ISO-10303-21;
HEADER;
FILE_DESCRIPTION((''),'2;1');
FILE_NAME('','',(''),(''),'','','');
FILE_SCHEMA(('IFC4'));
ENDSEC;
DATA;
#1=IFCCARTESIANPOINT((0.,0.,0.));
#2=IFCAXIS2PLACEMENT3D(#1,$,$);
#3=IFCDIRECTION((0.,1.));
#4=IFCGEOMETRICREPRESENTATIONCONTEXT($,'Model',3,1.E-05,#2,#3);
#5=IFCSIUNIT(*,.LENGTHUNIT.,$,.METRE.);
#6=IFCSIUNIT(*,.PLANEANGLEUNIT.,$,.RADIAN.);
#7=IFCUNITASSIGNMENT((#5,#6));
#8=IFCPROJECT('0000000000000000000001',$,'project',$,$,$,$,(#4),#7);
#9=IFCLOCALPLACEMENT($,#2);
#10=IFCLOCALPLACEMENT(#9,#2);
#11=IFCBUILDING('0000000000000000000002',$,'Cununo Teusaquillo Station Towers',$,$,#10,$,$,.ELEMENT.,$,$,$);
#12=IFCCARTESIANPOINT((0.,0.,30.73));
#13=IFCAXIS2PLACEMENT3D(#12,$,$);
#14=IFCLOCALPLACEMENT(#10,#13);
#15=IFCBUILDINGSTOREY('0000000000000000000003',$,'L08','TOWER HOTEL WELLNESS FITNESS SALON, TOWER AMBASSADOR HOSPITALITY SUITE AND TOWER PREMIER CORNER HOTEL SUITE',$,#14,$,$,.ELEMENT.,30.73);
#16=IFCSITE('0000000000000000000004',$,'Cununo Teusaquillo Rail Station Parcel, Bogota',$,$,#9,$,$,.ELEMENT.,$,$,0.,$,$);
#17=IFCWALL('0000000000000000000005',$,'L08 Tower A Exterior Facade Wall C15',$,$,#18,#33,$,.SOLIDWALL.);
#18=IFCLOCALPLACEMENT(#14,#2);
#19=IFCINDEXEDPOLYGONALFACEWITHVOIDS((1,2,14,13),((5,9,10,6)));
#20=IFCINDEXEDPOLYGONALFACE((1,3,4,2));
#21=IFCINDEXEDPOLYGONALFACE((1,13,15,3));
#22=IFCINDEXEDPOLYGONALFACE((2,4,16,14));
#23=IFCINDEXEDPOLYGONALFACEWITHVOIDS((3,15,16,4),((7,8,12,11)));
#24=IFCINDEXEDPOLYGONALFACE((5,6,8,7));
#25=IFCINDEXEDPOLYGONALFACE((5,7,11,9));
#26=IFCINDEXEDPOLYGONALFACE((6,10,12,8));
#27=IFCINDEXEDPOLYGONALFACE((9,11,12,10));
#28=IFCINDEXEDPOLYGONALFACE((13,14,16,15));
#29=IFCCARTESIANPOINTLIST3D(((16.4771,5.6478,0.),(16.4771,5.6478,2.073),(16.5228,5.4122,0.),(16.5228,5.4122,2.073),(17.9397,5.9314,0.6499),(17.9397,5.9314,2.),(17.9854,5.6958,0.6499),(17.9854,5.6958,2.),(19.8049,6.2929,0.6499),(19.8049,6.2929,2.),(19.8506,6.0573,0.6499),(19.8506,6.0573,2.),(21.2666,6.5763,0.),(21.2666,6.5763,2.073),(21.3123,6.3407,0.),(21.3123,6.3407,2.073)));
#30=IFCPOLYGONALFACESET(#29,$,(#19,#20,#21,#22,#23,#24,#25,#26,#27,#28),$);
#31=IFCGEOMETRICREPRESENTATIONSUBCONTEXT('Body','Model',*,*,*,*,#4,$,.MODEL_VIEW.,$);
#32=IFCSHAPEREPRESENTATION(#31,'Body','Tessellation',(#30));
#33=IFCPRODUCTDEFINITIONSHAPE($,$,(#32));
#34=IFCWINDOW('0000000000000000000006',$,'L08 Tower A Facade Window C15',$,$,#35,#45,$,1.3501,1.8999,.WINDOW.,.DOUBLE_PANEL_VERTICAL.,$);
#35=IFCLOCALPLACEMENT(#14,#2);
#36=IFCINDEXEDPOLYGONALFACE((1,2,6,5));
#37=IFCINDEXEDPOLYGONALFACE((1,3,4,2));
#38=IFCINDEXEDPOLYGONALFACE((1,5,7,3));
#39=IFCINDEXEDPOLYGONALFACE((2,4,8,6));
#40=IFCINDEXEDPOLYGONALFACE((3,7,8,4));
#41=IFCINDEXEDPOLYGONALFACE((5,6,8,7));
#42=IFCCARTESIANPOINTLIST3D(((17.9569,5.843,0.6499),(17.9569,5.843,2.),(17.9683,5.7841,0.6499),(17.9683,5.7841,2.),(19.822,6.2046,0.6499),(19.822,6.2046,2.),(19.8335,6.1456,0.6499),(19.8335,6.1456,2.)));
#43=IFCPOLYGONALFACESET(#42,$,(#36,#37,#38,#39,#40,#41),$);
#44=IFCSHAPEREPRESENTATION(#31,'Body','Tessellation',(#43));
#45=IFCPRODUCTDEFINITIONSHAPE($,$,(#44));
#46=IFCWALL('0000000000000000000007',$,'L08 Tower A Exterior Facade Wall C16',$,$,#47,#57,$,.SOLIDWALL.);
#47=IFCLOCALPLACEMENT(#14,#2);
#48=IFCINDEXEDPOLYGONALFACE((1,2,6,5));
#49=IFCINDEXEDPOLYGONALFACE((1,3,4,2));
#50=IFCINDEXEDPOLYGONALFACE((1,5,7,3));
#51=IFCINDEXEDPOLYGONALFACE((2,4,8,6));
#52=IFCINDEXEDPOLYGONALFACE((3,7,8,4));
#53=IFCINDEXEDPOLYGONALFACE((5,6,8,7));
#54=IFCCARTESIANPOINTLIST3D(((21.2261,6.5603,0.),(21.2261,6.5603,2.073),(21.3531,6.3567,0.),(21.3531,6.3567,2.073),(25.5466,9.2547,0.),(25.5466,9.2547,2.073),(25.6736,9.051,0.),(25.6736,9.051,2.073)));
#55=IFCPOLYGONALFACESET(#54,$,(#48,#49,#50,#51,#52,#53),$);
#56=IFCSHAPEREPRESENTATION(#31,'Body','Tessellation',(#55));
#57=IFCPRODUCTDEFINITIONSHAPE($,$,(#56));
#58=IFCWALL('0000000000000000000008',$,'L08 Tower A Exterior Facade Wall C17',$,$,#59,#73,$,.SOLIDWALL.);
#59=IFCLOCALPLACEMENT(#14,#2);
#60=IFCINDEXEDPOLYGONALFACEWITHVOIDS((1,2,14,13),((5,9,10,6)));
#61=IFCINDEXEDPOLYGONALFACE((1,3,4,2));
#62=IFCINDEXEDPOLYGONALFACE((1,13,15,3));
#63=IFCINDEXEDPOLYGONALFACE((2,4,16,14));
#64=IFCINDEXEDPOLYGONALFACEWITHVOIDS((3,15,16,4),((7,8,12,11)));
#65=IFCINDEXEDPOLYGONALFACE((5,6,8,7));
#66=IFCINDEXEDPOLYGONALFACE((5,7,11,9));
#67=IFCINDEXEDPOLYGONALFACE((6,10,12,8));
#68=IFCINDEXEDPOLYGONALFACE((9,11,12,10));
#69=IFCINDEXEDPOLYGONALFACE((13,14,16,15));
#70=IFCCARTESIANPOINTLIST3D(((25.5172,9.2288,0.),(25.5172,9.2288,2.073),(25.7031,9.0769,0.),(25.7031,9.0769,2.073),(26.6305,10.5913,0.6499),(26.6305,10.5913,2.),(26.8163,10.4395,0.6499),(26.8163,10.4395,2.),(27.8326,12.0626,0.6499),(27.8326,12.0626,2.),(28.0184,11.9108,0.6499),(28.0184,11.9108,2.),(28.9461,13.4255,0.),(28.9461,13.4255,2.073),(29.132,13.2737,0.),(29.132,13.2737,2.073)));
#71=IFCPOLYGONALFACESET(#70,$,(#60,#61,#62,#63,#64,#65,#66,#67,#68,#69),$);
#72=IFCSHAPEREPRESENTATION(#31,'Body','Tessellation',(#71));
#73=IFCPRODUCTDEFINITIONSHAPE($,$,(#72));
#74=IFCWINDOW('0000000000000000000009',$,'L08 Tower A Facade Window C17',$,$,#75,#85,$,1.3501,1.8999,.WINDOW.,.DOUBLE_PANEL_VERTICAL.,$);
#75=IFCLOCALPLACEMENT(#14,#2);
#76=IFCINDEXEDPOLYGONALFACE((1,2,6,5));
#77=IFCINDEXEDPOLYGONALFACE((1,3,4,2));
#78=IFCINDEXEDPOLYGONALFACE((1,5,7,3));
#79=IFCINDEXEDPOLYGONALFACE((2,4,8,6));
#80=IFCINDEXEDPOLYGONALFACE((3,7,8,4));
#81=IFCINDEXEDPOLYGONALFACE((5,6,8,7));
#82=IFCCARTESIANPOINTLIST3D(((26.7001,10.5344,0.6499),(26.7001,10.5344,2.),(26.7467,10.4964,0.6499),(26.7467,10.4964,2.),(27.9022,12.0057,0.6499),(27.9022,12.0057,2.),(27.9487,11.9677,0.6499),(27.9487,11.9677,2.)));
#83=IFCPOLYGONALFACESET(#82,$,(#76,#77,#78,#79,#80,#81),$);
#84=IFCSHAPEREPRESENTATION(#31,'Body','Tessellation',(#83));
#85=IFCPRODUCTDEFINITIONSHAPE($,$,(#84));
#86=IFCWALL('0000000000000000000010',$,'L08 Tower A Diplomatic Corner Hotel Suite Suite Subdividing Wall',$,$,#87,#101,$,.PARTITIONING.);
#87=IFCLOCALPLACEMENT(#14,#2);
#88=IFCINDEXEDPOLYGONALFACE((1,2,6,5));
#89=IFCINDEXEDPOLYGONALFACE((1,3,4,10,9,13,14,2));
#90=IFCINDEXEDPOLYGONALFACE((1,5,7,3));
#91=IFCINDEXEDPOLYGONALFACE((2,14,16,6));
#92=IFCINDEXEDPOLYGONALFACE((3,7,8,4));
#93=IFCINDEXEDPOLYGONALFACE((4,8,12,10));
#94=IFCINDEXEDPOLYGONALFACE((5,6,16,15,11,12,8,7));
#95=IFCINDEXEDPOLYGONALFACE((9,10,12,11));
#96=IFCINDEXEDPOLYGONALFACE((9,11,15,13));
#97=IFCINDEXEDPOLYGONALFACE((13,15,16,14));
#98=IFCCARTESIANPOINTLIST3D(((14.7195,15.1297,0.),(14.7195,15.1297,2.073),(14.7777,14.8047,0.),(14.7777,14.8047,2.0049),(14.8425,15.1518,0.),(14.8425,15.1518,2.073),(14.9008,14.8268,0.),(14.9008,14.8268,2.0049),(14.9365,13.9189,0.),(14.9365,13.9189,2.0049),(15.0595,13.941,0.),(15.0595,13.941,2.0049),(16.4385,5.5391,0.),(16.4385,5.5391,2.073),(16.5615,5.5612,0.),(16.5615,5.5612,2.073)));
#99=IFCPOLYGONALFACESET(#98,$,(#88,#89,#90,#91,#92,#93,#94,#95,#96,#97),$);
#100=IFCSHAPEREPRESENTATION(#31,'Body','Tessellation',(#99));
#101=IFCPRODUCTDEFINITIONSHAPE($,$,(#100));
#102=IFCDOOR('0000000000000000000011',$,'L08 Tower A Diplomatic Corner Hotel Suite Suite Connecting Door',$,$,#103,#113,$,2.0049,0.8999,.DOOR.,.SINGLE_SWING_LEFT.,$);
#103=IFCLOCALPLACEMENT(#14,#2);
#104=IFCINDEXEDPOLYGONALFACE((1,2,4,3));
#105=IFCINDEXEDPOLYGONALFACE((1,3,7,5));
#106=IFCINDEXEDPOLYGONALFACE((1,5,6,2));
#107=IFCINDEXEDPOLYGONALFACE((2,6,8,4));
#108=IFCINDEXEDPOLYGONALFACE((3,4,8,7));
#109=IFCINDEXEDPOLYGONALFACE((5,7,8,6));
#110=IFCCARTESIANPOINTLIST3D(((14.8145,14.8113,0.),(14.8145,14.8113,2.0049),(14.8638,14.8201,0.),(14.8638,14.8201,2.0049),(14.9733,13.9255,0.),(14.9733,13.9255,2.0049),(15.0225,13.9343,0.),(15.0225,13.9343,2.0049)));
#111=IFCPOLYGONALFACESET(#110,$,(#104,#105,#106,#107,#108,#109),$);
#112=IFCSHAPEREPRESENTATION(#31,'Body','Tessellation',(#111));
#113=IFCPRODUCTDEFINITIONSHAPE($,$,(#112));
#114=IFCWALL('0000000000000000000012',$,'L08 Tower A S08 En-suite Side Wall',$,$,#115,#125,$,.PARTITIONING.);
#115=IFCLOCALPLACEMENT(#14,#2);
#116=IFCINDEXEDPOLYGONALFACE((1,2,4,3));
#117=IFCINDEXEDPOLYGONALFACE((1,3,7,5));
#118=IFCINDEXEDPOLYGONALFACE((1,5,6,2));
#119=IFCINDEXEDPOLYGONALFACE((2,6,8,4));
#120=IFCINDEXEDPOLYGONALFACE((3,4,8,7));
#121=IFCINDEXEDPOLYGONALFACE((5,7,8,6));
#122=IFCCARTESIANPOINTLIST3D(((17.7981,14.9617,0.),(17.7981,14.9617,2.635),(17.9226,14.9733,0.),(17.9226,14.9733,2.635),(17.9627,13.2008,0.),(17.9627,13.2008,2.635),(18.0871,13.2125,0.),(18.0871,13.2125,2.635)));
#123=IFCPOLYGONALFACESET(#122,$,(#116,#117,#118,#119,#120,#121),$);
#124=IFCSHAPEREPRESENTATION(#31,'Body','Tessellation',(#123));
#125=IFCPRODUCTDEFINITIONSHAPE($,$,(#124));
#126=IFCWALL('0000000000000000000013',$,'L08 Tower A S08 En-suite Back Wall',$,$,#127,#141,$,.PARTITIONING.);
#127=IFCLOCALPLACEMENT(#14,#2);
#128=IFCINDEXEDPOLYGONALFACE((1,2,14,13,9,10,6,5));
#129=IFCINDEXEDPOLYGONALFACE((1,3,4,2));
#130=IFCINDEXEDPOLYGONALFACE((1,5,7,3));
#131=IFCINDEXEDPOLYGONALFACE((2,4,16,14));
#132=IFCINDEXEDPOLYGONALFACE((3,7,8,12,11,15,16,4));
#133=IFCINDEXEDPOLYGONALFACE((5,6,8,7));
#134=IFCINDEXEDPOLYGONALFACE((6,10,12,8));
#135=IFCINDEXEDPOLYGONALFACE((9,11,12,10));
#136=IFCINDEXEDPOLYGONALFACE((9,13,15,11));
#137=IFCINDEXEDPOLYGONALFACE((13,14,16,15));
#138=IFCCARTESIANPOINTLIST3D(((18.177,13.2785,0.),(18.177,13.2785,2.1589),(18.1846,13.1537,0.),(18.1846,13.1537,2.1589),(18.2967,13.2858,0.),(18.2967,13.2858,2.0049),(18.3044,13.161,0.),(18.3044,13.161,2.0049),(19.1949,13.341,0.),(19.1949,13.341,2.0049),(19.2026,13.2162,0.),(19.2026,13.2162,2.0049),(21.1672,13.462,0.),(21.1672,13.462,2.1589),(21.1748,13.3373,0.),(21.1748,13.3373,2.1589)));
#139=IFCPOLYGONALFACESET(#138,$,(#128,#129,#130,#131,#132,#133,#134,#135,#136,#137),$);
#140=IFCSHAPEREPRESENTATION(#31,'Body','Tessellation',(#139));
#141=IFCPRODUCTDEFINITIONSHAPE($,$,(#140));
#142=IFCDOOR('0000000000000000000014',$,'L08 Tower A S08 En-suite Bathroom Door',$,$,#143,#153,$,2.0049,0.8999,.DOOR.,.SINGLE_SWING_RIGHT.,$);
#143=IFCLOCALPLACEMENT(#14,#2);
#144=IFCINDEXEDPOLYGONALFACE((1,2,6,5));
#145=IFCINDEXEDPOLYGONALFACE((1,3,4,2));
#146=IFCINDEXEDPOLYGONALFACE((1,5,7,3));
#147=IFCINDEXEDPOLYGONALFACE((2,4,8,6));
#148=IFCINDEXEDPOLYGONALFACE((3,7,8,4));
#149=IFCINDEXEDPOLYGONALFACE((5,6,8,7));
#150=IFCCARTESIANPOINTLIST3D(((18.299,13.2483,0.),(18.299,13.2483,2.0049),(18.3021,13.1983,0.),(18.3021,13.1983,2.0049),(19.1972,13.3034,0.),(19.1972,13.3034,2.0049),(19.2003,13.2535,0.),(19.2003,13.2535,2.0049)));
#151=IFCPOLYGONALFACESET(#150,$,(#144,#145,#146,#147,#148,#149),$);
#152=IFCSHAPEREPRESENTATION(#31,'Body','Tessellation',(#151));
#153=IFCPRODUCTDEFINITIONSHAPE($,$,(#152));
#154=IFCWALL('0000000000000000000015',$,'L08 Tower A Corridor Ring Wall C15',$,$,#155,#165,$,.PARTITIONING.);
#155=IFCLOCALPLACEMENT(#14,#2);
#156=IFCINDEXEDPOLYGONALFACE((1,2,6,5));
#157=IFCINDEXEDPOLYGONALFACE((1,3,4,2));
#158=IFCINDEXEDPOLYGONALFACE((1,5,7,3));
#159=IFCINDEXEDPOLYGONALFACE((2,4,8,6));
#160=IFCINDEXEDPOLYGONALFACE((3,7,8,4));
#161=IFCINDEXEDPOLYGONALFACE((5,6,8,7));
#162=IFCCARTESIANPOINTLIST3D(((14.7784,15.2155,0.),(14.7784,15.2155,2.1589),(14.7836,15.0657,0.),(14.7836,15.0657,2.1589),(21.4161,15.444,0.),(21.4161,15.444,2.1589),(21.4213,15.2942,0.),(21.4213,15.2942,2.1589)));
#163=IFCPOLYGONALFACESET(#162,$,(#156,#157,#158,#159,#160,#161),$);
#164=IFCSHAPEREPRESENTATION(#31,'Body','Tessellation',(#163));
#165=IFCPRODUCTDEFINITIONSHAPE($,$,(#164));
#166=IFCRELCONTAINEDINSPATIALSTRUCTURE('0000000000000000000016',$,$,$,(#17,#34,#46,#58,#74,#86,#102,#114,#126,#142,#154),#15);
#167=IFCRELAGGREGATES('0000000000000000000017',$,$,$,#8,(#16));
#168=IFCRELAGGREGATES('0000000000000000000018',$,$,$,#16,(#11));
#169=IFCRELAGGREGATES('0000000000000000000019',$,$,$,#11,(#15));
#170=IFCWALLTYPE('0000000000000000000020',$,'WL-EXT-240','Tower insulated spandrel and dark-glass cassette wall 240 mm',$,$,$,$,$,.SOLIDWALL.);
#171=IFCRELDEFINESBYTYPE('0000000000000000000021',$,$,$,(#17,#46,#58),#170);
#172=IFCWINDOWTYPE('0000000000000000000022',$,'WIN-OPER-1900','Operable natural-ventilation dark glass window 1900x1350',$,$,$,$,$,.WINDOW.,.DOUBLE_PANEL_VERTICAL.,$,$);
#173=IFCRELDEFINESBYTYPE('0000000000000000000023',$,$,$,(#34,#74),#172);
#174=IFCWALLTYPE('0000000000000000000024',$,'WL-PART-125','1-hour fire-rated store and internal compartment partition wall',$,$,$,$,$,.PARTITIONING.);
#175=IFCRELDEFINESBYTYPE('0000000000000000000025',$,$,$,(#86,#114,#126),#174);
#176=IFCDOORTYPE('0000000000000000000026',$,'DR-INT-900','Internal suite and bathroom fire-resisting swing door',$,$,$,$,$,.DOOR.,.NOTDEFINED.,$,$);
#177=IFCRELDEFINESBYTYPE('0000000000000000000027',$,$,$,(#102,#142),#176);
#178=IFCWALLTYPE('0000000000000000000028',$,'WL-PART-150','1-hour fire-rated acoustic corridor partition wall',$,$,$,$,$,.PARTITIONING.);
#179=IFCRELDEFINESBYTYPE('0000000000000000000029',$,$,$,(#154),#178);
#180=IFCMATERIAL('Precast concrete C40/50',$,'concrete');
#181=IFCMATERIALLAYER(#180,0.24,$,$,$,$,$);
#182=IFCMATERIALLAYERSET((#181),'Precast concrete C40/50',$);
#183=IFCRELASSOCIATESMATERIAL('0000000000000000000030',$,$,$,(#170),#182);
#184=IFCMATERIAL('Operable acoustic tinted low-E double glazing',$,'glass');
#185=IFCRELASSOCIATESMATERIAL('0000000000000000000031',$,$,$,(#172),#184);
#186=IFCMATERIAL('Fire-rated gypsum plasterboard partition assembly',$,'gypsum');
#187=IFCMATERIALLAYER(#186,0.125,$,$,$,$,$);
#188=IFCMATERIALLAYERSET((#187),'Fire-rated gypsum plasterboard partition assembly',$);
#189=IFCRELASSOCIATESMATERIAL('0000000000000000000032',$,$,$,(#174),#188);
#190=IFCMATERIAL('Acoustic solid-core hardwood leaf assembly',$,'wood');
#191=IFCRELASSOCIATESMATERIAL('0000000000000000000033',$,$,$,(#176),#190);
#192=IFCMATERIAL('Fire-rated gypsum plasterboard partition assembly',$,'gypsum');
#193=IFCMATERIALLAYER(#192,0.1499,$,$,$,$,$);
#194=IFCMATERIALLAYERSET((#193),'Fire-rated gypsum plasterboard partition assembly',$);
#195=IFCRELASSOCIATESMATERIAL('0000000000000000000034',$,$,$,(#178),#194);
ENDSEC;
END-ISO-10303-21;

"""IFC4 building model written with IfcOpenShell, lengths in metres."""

from ifc_helpers import new_model, si_unit, direction, frame, frame_2d, origin, place, context, subcontext, project, spatial, rectangle, extrude, source, transform, mapped, material, layer, layer_set, type_object, element, fill, save


model = new_model("IFC4")

# Units and contexts
model_context = context("Model", 3, precision=1e-05, world=origin(), true_north=direction((0.0, 1.0)))
body_context = subcontext(model_context, "Body", "Model", "MODEL_VIEW")
ifc_project = project(units=[si_unit("LENGTHUNIT", "METRE"), si_unit("PLANEANGLEUNIT", "RADIAN")], contexts=[model_context])

# Site, building, storey
site_placement = place(None, origin())
site = spatial("IfcSite", under=ifc_project, at=site_placement, Name="Cununo Teusaquillo Rail Station Parcel, Bogota", CompositionType="ELEMENT", RefElevation=0.0)
building_placement = place(site_placement, origin())
building = spatial("IfcBuilding", under=site, at=building_placement, Name="Cununo Teusaquillo Station Towers", CompositionType="ELEMENT")
storey_placement = place(building_placement, frame((0.0, 0.0, 30.73)))
storey = spatial("IfcBuildingStorey", under=building, at=storey_placement, Name="L08", Description="TOWER HOTEL WELLNESS FITNESS SALON, TOWER AMBASSADOR HOSPITALITY SUITE AND TOWER PREMIER CORNER HOTEL SUITE", CompositionType="ELEMENT", Elevation=30.73)

# Shared definitions
ifc_material_1 = material(Name="Precast concrete C40/50", Category="concrete")
ifc_layer_1 = layer(ifc_material_1, 0.24)
ifc_layer_set_1 = layer_set([ifc_layer_1], Name="Precast concrete C40/50")
wall_type_1 = type_object("IfcWallType", Name="WL-EXT-240", Description="Tower insulated spandrel and dark-glass cassette wall 240 mm", PredefinedType="SOLIDWALL", material=ifc_layer_set_1)

# Wall, opening, window
wall_1_placement = place(storey_placement, frame((21.2896, 6.4585, 0.0), z_axis=(0.0, 0.0, 1.0), x_axis=(-0.981724, -0.19031, 0.0)))
wall_1 = element("IfcWall", 1, at=wall_1_placement, inside=storey, type_object=wall_type_1, Name="L08 Tower A Exterior Facade Wall C15", PredefinedType="SOLIDWALL", context=body_context, shape_type="SweptSolid", body=[
    extrude(rectangle(XDim=4.8787, YDim=0.24, at=frame_2d((2.4395, 0.0))), origin(), (0.0, 0.0, 1.0), 2.073),
])
shared_shape_1 = source(origin(), body_context, "Body", "SweptSolid", [
    extrude(rectangle(XDim=1.8999, YDim=1.3501, at=frame_2d((0.95, 0.675))), frame((0.0, 0.1299, 0.0), z_axis=(0.0, -1.0, 0.0), x_axis=(1.0, 0.0, 0.0)), (0.0, 0.0, 1.0), 0.26),
])
opening_1_placement = place(wall_1_placement, frame((1.489, 0.0, 0.6499)))
opening_1 = element("IfcOpeningElement", 2, at=opening_1_placement, cuts=wall_1, PredefinedType="OPENING", context=body_context, shape_type="MappedRepresentation", body=[
    mapped(shared_shape_1, transform((0.0, 0.0, 0.0), x_axis=(1.0, 0.0, 0.0), y_axis=(0.0, 1.0, 0.0), z_axis=(0.0, 0.0, 1.0), scale=1.0)),
])
ifc_material_2 = material(Name="Operable acoustic tinted low-E double glazing", Category="glass")
window_type = type_object("IfcWindowType", Name="WIN-OPER-1900", Description="Operable natural-ventilation dark glass window 1900x1350", PartitioningType="DOUBLE_PANEL_VERTICAL", PredefinedType="WINDOW", material=ifc_material_2)
shared_shape_2 = source(origin(), body_context, "Body", "SweptSolid", [
    extrude(rectangle(XDim=1.8999, YDim=1.3501, at=frame_2d((0.95, 0.675))), frame((0.0, 0.03, 0.0), z_axis=(0.0, -1.0, 0.0), x_axis=(1.0, 0.0, 0.0)), (0.0, 0.0, 1.0), 0.0601),
])
window_1_placement = place(opening_1_placement, origin())
window_1 = element("IfcWindow", 3, at=window_1_placement, inside=storey, type_object=window_type, Name="L08 Tower A Facade Window C15", OverallHeight=1.3501, OverallWidth=1.8999, PartitioningType="DOUBLE_PANEL_VERTICAL", PredefinedType="WINDOW", context=body_context, shape_type="MappedRepresentation", body=[
    mapped(shared_shape_2, transform((0.0, 0.0, 0.0), x_axis=(1.0, 0.0, 0.0), y_axis=(0.0, 1.0, 0.0), z_axis=(0.0, 0.0, 1.0), scale=1.0)),
])
fill(opening_1, window_1)

# Wall
wall_2_placement = place(storey_placement, frame((25.6101, 9.1528, 0.0), z_axis=(0.0, 0.0, 1.0), x_axis=(-0.848529, -0.52915, 0.0)))
element("IfcWall", 4, at=wall_2_placement, inside=storey, type_object=wall_type_1, Name="L08 Tower A Exterior Facade Wall C16", PredefinedType="SOLIDWALL", context=body_context, shape_type="SweptSolid", body=[
    extrude(rectangle(XDim=5.0918, YDim=0.24, at=frame_2d((2.5459, 0.0))), origin(), (0.0, 0.0, 1.0), 2.073),
])

# Wall, opening, window
wall_3_placement = place(storey_placement, frame((29.0391, 13.3496, 0.0), z_axis=(0.0, 0.0, 1.0), x_axis=(-0.63271, -0.774389, 0.0)))
wall_3 = element("IfcWall", 5, at=wall_3_placement, inside=storey, type_object=wall_type_1, Name="L08 Tower A Exterior Facade Wall C17", PredefinedType="SOLIDWALL", context=body_context, shape_type="SweptSolid", body=[
    extrude(rectangle(XDim=5.4194, YDim=0.24, at=frame_2d((2.7097, 0.0))), origin(), (0.0, 0.0, 1.0), 2.073),
])
opening_2_placement = place(wall_3_placement, frame((1.76, 0.0, 0.6499)))
opening_2 = element("IfcOpeningElement", 6, at=opening_2_placement, cuts=wall_3, PredefinedType="OPENING", context=body_context, shape_type="MappedRepresentation", body=[
    mapped(shared_shape_1, transform((0.0, 0.0, 0.0), x_axis=(1.0, 0.0, 0.0), y_axis=(0.0, 1.0, 0.0), z_axis=(0.0, 0.0, 1.0), scale=1.0)),
])
window_2_placement = place(opening_2_placement, origin())
window_2 = element("IfcWindow", 7, at=window_2_placement, inside=storey, type_object=window_type, Name="L08 Tower A Facade Window C17", OverallHeight=1.3501, OverallWidth=1.8999, PartitioningType="DOUBLE_PANEL_VERTICAL", PredefinedType="WINDOW", context=body_context, shape_type="MappedRepresentation", body=[
    mapped(shared_shape_2, transform((0.0, 0.0, 0.0), x_axis=(1.0, 0.0, 0.0), y_axis=(0.0, 1.0, 0.0), z_axis=(0.0, 0.0, 1.0), scale=1.0)),
])
fill(opening_2, window_2)

# Wall, opening, door
ifc_material_3 = material(Name="Fire-rated gypsum plasterboard partition assembly", Category="gypsum")
ifc_layer_2 = layer(ifc_material_3, 0.125)
ifc_layer_set_2 = layer_set([ifc_layer_2], Name="Fire-rated gypsum plasterboard partition assembly")
wall_type_2 = type_object("IfcWallType", Name="WL-PART-125", Description="1-hour fire-rated store and internal compartment partition wall", PredefinedType="PARTITIONING", material=ifc_layer_set_2)
wall_4_placement = place(storey_placement, frame((14.781, 15.1406, 0.0), z_axis=(0.0, 0.0, 1.0), x_axis=(0.176426, -0.984314, 0.0)))
wall_4 = element("IfcWall", 8, at=wall_4_placement, inside=storey, type_object=wall_type_2, Name="L08 Tower A Diplomatic Corner Hotel Suite Suite Subdividing Wall", PredefinedType="PARTITIONING", context=body_context, shape_type="SweptSolid", body=[
    extrude(rectangle(XDim=9.7434, YDim=0.125, at=frame_2d((4.8716, 0.0))), origin(), (0.0, 0.0, 1.0), 2.073),
])
shared_shape_3 = source(origin(), body_context, "Body", "SweptSolid", [
    extrude(rectangle(XDim=0.8999, YDim=2.0049, at=frame_2d((0.45, 1.0024))), frame((0.0, 0.0725, 0.0), z_axis=(0.0, -1.0, 0.0), x_axis=(1.0, 0.0, 0.0)), (0.0, 0.0, 1.0), 0.145),
])
opening_3_placement = place(wall_4_placement, frame((0.3301, 0.0, 0.0)))
opening_3 = element("IfcOpeningElement", 9, at=opening_3_placement, cuts=wall_4, PredefinedType="OPENING", context=body_context, shape_type="MappedRepresentation", body=[
    mapped(shared_shape_3, transform((0.0, 0.0, 0.0), x_axis=(1.0, 0.0, 0.0), y_axis=(0.0, 1.0, 0.0), z_axis=(0.0, 0.0, 1.0), scale=1.0)),
])
ifc_material_4 = material(Name="Acoustic solid-core hardwood leaf assembly", Category="wood")
door_type_1 = type_object("IfcDoorType", Name="DR-INT-900", Description="Internal suite and bathroom fire-resisting swing door", OperationType="NOTDEFINED", PredefinedType="DOOR", material=ifc_material_4)
shared_shape_4 = source(origin(), body_context, "Body", "SweptSolid", [
    extrude(rectangle(XDim=0.8999, YDim=2.0049, at=frame_2d((0.45, 1.0024))), frame((0.0, 0.0249, 0.0), z_axis=(0.0, -1.0, 0.0), x_axis=(1.0, 0.0, 0.0)), (0.0, 0.0, 1.0), 0.05),
])
door_1_placement = place(opening_3_placement, origin())
door_1 = element("IfcDoor", 10, at=door_1_placement, inside=storey, type_object=door_type_1, Name="L08 Tower A Diplomatic Corner Hotel Suite Suite Connecting Door", OperationType="SINGLE_SWING_LEFT", OverallHeight=2.0049, OverallWidth=0.8999, PredefinedType="DOOR", context=body_context, shape_type="MappedRepresentation", body=[
    mapped(shared_shape_4, transform((0.0, 0.0, 0.0), x_axis=(1.0, 0.0, 0.0), y_axis=(0.0, 1.0, 0.0), z_axis=(0.0, 0.0, 1.0), scale=1.0)),
])
fill(opening_3, door_1)

# Wall
wall_5_placement = place(storey_placement, frame((17.8604, 14.9675, 0.0), z_axis=(0.0, 0.0, 1.0), x_axis=(0.093037, -0.995663, 0.0)))
element("IfcWall", 11, at=wall_5_placement, inside=storey, type_object=wall_type_2, Name="L08 Tower A S08 En-suite Side Wall", PredefinedType="PARTITIONING", context=body_context, shape_type="SweptSolid", body=[
    extrude(rectangle(XDim=1.7686, YDim=0.125, at=frame_2d((0.8843, 0.0))), origin(), (0.0, 0.0, 1.0), 2.635),
])

# Wall, opening, door
wall_6_placement = place(storey_placement, frame((18.1807, 13.2161, 0.0), z_axis=(0.0, 0.0, 1.0), x_axis=(0.99812, 0.061282, 0.0)))
wall_6 = element("IfcWall", 12, at=wall_6_placement, inside=storey, type_object=wall_type_2, Name="L08 Tower A S08 En-suite Back Wall", PredefinedType="PARTITIONING", context=body_context, shape_type="SweptSolid", body=[
    extrude(rectangle(XDim=2.9958, YDim=0.125, at=frame_2d((1.498, 0.0))), origin(), (0.0, 0.0, 1.0), 2.1589),
])
opening_4_placement = place(wall_6_placement, frame((0.1201, 0.0, 0.0)))
opening_4 = element("IfcOpeningElement", 13, at=opening_4_placement, cuts=wall_6, PredefinedType="OPENING", context=body_context, shape_type="MappedRepresentation", body=[
    mapped(shared_shape_3, transform((0.0, 0.0, 0.0), x_axis=(1.0, 0.0, 0.0), y_axis=(0.0, 1.0, 0.0), z_axis=(0.0, 0.0, 1.0), scale=1.0)),
])
door_2_placement = place(opening_4_placement, origin())
door_2 = element("IfcDoor", 14, at=door_2_placement, inside=storey, type_object=door_type_1, Name="L08 Tower A S08 En-suite Bathroom Door", OperationType="SINGLE_SWING_RIGHT", OverallHeight=2.0049, OverallWidth=0.8999, PredefinedType="DOOR", context=body_context, shape_type="MappedRepresentation", body=[
    mapped(shared_shape_4, transform((0.0, 0.0, 0.0), x_axis=(1.0, 0.0, 0.0), y_axis=(0.0, 1.0, 0.0), z_axis=(0.0, 0.0, 1.0), scale=1.0)),
])
fill(opening_4, door_2)

# Wall
ifc_material_5 = material(Name="Fire-rated gypsum plasterboard partition assembly", Category="gypsum")
ifc_layer_3 = layer(ifc_material_5, 0.1499)
ifc_layer_set_3 = layer_set([ifc_layer_3], Name="Fire-rated gypsum plasterboard partition assembly")
wall_type_3 = type_object("IfcWallType", Name="WL-PART-150", Description="1-hour fire-rated acoustic corridor partition wall", PredefinedType="PARTITIONING", material=ifc_layer_set_3)
wall_7_placement = place(storey_placement, frame((14.781, 15.1406, 0.0), z_axis=(0.0, 0.0, 1.0), x_axis=(0.999408, 0.034407, 0.0)))
element("IfcWall", 15, at=wall_7_placement, inside=storey, type_object=wall_type_3, Name="L08 Tower A Corridor Ring Wall C15", PredefinedType="PARTITIONING", context=body_context, shape_type="SweptSolid", body=[
    extrude(rectangle(XDim=6.6416, YDim=0.1499, at=frame_2d((3.3208, 0.0))), origin(), (0.0, 0.0, 1.0), 2.1589),
])

save(model, "model.ifc")
